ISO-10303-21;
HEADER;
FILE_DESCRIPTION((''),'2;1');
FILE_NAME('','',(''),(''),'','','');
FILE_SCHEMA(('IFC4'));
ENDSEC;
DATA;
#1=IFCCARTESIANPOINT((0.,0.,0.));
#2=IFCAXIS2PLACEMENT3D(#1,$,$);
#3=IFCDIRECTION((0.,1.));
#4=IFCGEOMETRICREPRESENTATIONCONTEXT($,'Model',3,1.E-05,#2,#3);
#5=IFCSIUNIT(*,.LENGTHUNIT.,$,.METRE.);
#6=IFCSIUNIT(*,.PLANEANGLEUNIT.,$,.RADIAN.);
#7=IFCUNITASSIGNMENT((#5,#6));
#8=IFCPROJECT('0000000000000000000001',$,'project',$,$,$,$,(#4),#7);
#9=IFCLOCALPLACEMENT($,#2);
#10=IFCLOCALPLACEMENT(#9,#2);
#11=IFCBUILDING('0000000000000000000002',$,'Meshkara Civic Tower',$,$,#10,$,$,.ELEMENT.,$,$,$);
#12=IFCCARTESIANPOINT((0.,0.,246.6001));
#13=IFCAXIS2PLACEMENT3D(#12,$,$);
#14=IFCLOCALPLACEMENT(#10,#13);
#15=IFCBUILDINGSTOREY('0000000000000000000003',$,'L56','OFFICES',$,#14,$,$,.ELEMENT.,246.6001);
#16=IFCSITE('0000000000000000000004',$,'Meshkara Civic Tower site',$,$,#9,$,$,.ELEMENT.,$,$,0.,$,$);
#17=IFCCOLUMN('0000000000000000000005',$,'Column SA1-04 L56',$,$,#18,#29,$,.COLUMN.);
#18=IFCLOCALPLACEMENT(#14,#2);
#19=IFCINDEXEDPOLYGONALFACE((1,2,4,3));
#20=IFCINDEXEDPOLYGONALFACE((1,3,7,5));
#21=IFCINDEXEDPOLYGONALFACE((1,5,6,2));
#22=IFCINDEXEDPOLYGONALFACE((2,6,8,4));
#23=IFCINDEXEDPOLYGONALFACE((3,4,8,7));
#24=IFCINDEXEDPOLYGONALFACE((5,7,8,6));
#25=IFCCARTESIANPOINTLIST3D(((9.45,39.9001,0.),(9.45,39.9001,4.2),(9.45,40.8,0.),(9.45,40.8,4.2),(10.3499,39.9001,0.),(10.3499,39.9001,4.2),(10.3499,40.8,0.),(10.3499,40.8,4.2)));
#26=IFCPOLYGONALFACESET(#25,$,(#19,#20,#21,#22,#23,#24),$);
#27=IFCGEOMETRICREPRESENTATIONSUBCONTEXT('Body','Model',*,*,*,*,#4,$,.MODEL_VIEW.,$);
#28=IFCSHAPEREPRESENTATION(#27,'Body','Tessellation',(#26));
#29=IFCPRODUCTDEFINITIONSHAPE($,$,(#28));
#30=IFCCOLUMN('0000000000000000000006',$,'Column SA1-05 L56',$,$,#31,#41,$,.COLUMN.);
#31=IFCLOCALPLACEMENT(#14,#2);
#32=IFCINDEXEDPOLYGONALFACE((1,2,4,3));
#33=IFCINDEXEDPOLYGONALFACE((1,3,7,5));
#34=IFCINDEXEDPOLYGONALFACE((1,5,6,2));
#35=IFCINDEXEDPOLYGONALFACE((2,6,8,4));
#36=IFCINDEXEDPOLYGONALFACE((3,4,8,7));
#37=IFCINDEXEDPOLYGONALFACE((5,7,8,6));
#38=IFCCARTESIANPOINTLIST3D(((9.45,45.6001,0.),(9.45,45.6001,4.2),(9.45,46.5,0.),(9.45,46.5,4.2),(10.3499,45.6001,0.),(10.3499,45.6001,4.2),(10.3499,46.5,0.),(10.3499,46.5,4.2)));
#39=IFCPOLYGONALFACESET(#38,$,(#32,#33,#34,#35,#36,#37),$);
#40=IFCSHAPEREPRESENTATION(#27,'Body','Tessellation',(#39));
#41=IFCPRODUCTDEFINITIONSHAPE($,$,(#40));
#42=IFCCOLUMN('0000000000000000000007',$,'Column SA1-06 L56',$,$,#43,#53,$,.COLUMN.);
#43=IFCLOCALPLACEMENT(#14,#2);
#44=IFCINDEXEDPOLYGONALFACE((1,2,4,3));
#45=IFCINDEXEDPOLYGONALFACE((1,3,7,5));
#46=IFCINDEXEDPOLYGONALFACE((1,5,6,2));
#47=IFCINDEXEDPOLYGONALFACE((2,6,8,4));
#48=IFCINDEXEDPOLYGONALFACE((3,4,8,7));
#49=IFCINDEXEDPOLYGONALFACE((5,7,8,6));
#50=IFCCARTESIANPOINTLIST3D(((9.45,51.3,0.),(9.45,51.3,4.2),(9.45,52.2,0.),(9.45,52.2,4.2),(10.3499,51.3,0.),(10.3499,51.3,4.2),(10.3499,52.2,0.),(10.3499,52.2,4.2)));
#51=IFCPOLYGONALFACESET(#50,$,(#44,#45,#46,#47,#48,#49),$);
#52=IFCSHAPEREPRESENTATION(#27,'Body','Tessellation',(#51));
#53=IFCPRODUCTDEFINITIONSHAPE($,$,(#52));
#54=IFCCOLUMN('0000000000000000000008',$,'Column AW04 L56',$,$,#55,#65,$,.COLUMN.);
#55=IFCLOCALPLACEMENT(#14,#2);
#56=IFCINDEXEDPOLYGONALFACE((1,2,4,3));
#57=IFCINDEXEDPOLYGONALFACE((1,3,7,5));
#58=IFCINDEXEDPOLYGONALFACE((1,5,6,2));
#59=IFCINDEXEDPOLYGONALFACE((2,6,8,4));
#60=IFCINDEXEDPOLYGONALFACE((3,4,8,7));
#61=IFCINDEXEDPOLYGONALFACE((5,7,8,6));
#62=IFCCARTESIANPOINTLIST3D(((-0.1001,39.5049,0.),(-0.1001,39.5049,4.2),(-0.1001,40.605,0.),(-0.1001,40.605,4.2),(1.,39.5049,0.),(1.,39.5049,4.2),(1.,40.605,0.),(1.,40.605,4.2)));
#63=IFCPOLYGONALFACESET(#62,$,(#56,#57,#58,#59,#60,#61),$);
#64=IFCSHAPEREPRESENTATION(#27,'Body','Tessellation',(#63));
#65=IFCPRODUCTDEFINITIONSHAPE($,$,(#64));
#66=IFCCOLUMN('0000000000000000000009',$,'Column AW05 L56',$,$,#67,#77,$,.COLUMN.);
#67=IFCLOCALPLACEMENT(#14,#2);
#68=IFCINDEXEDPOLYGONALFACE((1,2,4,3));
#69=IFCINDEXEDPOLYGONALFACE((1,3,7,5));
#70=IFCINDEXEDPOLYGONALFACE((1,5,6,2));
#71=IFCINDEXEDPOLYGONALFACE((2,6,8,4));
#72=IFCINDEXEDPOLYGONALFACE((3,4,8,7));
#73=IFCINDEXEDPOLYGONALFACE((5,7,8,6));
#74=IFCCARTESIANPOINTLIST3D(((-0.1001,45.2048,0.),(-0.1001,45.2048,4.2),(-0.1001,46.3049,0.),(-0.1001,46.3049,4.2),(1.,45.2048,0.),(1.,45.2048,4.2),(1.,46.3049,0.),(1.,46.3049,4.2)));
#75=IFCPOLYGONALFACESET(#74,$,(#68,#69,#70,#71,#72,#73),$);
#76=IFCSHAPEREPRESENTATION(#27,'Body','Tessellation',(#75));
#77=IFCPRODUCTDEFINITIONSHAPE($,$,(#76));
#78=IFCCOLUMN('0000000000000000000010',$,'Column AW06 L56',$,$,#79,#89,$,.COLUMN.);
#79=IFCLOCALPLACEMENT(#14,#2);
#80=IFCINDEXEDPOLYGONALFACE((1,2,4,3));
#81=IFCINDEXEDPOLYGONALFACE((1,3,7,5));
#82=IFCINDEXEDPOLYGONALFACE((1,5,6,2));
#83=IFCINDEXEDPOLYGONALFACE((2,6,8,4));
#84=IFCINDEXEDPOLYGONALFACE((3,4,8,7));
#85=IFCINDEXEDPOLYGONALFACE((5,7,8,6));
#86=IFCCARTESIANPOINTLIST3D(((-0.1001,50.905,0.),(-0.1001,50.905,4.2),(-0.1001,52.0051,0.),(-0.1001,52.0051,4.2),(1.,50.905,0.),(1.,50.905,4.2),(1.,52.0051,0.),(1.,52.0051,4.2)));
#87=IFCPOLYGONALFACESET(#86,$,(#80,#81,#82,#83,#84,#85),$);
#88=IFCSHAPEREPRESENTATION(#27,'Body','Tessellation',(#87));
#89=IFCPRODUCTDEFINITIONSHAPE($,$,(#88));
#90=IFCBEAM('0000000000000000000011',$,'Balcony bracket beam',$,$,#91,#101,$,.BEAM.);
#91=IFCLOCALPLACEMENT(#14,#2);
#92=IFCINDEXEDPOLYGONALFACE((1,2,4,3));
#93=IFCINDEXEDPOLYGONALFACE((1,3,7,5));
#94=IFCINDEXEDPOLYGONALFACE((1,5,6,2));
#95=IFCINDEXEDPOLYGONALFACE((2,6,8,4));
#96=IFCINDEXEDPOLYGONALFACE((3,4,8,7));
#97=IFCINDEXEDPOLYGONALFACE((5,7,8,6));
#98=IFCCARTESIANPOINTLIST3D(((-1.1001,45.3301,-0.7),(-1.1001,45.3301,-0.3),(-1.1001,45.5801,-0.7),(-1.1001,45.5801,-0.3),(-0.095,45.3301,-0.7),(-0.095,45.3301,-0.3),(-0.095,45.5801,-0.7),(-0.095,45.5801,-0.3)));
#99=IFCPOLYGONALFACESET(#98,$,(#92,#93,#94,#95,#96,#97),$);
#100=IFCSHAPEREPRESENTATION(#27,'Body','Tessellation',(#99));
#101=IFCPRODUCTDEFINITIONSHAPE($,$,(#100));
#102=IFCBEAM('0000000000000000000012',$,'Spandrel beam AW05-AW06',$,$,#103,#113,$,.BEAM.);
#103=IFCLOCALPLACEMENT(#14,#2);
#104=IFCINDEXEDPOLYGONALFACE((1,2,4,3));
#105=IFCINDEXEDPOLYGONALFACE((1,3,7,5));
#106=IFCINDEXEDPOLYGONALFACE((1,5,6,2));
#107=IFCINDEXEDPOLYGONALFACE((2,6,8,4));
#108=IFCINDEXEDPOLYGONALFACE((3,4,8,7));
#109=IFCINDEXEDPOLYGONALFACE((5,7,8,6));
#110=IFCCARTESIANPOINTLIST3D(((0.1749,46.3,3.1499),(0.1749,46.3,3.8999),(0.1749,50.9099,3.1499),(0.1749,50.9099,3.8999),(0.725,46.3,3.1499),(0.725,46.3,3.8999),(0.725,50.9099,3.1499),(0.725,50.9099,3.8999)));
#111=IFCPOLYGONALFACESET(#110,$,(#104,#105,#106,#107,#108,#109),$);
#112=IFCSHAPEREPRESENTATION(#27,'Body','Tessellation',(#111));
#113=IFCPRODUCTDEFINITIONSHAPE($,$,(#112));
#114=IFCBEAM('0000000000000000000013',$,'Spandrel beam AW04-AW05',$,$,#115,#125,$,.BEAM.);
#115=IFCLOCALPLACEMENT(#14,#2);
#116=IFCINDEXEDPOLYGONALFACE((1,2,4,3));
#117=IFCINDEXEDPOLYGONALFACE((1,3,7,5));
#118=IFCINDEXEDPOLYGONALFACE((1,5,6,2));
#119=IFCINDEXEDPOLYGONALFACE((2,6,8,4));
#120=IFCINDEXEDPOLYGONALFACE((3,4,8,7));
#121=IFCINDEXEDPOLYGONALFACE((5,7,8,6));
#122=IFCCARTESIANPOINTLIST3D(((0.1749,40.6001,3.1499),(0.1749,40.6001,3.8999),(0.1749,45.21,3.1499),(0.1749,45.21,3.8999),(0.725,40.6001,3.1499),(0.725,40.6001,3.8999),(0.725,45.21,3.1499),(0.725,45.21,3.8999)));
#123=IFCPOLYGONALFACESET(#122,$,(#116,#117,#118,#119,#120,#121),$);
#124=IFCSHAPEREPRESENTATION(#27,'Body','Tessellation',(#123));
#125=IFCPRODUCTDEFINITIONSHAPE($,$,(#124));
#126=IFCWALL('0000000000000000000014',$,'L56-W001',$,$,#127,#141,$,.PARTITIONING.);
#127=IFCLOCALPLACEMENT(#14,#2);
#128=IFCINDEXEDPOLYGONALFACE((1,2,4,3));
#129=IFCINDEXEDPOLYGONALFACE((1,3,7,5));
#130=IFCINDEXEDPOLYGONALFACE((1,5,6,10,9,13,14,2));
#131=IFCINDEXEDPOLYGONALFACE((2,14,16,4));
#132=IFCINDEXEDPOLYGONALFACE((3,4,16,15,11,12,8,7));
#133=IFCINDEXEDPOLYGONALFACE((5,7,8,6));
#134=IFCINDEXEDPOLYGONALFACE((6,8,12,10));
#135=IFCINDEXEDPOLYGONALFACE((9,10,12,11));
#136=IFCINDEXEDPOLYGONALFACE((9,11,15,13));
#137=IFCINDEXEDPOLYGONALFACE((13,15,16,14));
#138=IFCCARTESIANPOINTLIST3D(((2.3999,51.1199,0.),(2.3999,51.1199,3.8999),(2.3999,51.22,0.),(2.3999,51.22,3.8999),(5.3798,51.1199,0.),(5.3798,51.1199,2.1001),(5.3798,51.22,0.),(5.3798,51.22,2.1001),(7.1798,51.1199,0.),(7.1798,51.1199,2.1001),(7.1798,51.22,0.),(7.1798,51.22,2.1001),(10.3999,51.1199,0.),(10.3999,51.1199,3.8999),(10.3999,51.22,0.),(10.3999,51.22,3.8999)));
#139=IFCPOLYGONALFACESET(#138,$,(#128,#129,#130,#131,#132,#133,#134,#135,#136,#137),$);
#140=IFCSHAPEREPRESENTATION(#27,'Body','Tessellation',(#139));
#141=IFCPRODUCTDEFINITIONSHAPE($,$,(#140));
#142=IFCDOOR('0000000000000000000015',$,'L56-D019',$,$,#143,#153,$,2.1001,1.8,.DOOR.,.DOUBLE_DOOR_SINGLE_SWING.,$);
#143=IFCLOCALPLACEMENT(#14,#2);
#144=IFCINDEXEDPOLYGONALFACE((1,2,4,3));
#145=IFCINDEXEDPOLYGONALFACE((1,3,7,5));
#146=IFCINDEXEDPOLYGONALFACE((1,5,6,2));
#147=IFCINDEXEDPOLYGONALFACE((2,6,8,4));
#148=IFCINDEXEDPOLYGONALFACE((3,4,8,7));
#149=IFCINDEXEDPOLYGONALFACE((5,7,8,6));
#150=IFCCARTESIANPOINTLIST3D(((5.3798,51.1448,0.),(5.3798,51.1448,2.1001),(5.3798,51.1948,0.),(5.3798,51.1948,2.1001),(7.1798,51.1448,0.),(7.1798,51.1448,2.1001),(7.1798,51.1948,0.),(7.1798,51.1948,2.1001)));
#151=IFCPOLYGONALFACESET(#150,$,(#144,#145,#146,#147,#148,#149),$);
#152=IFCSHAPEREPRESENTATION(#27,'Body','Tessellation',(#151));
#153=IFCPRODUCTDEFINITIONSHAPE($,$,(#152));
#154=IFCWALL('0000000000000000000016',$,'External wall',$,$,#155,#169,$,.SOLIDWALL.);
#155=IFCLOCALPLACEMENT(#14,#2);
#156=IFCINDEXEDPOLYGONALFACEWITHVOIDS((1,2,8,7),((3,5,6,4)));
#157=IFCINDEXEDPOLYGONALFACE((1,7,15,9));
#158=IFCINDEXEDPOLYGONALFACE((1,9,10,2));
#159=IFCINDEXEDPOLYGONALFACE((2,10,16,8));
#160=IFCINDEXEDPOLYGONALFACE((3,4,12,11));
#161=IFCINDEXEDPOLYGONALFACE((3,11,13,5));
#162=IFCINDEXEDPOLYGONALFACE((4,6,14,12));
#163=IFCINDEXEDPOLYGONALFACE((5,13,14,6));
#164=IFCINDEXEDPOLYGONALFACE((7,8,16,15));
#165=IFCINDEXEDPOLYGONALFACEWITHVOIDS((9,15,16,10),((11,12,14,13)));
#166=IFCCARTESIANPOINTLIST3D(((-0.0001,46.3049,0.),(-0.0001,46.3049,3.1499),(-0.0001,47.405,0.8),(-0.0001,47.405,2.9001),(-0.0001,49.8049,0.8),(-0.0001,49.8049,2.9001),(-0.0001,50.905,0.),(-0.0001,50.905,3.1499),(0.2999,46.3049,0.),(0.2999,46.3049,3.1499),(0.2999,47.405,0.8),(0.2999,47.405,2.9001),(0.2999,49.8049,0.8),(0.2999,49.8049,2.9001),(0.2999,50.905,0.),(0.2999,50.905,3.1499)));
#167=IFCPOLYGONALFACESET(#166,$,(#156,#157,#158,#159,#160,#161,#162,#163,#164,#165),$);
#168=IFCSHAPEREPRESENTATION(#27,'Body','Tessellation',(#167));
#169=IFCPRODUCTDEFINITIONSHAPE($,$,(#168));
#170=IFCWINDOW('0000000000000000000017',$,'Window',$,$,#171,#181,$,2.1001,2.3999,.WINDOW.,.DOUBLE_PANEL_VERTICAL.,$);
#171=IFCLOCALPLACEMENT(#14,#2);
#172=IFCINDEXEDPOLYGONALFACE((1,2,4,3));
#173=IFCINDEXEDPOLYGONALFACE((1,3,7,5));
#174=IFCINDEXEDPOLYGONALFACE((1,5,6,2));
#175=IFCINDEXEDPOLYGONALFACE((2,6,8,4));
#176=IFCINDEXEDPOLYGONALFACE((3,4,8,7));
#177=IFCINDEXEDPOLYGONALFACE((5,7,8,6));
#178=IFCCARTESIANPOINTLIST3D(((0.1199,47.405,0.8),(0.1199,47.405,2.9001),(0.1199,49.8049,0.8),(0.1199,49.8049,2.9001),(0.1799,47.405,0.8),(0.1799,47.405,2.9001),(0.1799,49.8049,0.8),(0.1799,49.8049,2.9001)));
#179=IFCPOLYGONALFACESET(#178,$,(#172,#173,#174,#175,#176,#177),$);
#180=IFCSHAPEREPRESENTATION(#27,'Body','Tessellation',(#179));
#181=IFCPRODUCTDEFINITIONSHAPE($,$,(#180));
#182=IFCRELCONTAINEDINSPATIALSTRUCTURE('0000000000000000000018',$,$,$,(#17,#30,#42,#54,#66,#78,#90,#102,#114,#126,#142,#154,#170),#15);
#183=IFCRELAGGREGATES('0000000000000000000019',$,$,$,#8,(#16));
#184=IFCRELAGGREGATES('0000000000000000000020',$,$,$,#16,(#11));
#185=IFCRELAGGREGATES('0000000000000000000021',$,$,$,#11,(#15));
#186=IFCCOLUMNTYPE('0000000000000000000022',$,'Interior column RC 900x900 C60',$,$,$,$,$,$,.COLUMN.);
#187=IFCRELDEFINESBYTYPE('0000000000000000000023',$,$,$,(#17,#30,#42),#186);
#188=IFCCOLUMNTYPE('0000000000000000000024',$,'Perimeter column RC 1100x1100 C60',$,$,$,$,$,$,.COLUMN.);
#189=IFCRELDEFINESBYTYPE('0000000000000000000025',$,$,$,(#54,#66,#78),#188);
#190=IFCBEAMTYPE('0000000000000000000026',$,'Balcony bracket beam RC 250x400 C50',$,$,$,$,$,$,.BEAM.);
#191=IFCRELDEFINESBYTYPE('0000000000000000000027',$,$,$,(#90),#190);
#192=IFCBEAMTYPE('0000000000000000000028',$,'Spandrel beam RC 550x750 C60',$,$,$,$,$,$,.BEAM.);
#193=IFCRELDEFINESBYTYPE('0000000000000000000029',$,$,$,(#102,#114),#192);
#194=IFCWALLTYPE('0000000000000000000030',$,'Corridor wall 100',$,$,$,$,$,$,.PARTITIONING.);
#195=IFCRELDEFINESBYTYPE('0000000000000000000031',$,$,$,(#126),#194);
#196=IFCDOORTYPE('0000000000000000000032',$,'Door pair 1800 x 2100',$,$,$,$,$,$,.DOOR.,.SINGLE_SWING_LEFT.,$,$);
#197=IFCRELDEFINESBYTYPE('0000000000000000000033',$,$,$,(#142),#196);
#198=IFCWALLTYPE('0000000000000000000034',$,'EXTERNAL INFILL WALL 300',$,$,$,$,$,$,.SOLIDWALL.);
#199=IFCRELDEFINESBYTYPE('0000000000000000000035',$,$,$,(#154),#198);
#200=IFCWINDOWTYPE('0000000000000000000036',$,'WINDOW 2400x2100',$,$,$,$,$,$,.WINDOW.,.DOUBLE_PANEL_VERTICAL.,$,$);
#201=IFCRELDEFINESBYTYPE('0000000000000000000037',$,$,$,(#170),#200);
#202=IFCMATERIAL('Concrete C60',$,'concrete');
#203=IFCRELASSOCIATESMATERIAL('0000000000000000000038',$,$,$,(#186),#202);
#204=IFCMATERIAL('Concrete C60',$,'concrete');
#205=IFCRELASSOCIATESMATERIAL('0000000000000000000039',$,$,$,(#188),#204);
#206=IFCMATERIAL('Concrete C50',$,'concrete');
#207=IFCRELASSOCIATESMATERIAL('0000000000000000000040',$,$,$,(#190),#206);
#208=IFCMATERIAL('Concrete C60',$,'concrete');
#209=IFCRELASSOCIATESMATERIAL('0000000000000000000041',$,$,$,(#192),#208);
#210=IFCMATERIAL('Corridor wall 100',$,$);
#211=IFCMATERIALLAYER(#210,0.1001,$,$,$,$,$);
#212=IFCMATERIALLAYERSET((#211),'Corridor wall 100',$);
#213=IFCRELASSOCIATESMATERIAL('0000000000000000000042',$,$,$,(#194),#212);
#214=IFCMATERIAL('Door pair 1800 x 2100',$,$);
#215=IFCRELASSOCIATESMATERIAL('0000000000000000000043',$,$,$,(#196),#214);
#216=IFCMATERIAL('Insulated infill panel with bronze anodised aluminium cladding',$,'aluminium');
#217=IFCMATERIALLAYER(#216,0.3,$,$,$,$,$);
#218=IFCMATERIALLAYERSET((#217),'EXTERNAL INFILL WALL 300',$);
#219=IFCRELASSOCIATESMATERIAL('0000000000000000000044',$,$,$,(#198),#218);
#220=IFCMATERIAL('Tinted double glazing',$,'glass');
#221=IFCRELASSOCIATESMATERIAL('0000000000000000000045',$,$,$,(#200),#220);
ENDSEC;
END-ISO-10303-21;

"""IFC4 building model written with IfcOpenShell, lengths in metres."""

from ifc_helpers import new_model, si_unit, direction, frame, frame_2d, origin, origin_2d, place, context, subcontext, project, spatial, rectangle, extrude, material, layer, layer_set, material_profile, profile_set, type_object, element, fill, save


model = new_model("IFC4")

# Units and contexts
model_context = context("Model", 3, precision=1e-05, world=origin(), true_north=direction((0.0, 1.0)))
body_context = subcontext(model_context, "Body", "Model", "MODEL_VIEW")
ifc_project = project(units=[si_unit("LENGTHUNIT", "METRE"), si_unit("PLANEANGLEUNIT", "RADIAN")], contexts=[model_context])

# Site, building, storey
site_placement = place(None, origin())
site = spatial("IfcSite", under=ifc_project, at=site_placement, Name="Meshkara Civic Tower site", CompositionType="ELEMENT", RefElevation=0.0)
building_placement = place(site_placement, origin())
building = spatial("IfcBuilding", under=site, at=building_placement, Name="Meshkara Civic Tower", CompositionType="ELEMENT")
storey_placement = place(building_placement, frame((0.0, 0.0, 246.6001)))
storey = spatial("IfcBuildingStorey", under=building, at=storey_placement, Name="L56", Description="OFFICES", CompositionType="ELEMENT", Elevation=246.6001)

# Columns
ifc_material_1 = material(Name="Concrete C60", Category="concrete")
ifc_material_profile_1 = material_profile(ifc_material_1, rectangle(XDim=0.8999, YDim=0.8999, at=origin_2d()))
ifc_profile_set_1 = profile_set([ifc_material_profile_1], Name="Concrete C60")
column_type_1 = type_object("IfcColumnType", Name="Interior column RC 900x900 C60", PredefinedType="COLUMN", material=ifc_profile_set_1)
for number, where, z_axis, x_axis, name in (
    (1, (9.8999, 40.3501, 0.0), (0.0, 0.0, 1.0), (1.0, 0.0, 0.0), "Column SA1-04 L56"),
    (2, (9.8999, 46.05, 0.0), (0.0, 0.0, 1.0), (1.0, 0.0, 0.0), "Column SA1-05 L56"),
    (3, (9.8999, 51.75, 0.0), (0.0, 0.0, 1.0), (1.0, 0.0, 0.0), "Column SA1-06 L56"),
):
    element("IfcColumn", number, at=place(storey_placement, frame(where, z_axis=z_axis, x_axis=x_axis)), inside=storey, type_object=column_type_1, Name=name, PredefinedType="COLUMN", context=body_context, shape_type="SweptSolid", body=[
        extrude(rectangle(XDim=0.8999, YDim=0.8999, at=origin_2d()), origin(), (0.0, 0.0, 1.0), 4.2),
    ])
ifc_material_2 = material(Name="Concrete C60", Category="concrete")
ifc_material_profile_2 = material_profile(ifc_material_2, rectangle(XDim=1.1001, YDim=1.1001, at=origin_2d()))
ifc_profile_set_2 = profile_set([ifc_material_profile_2], Name="Concrete C60")
column_type_2 = type_object("IfcColumnType", Name="Perimeter column RC 1100x1100 C60", PredefinedType="COLUMN", material=ifc_profile_set_2)
for number, where, z_axis, x_axis, name in (
    (4, (0.45, 40.0549, 0.0), (0.0, 0.0, 1.0), (1.0, 0.0, 0.0), "Column AW04 L56"),
    (5, (0.45, 45.7549, 0.0), (0.0, 0.0, 1.0), (1.0, 0.0, 0.0), "Column AW05 L56"),
    (6, (0.45, 51.4551, 0.0), (0.0, 0.0, 1.0), (1.0, 0.0, 0.0), "Column AW06 L56"),
):
    element("IfcColumn", number, at=place(storey_placement, frame(where, z_axis=z_axis, x_axis=x_axis)), inside=storey, type_object=column_type_2, Name=name, PredefinedType="COLUMN", context=body_context, shape_type="SweptSolid", body=[
        extrude(rectangle(XDim=1.1001, YDim=1.1001, at=origin_2d()), origin(), (0.0, 0.0, 1.0), 4.2),
    ])

# Beams
ifc_material_3 = material(Name="Concrete C50", Category="concrete")
ifc_material_profile_3 = material_profile(ifc_material_3, rectangle(XDim=0.25, YDim=0.3999, at=origin_2d()))
ifc_profile_set_3 = profile_set([ifc_material_profile_3], Name="Concrete C50")
beam_type_1 = type_object("IfcBeamType", Name="Balcony bracket beam RC 250x400 C50", PredefinedType="BEAM", material=ifc_profile_set_3)
beam_placement = place(storey_placement, frame((-0.095, 45.4551, -0.5), z_axis=(-1.0, 0.0, 0.0), x_axis=(0.0, -1.0, 0.0)))
element("IfcBeam", 7, at=beam_placement, inside=storey, type_object=beam_type_1, Name="Balcony bracket beam", PredefinedType="BEAM", context=body_context, shape_type="SweptSolid", body=[
    extrude(rectangle(XDim=0.25, YDim=0.3999, at=origin_2d()), origin(), (0.0, 0.0, 1.0), 1.0051),
])
ifc_material_4 = material(Name="Concrete C60", Category="concrete")
ifc_material_profile_4 = material_profile(ifc_material_4, rectangle(XDim=0.55, YDim=0.75, at=origin_2d()))
ifc_profile_set_4 = profile_set([ifc_material_profile_4], Name="Concrete C60")
beam_type_2 = type_object("IfcBeamType", Name="Spandrel beam RC 550x750 C60", PredefinedType="BEAM", material=ifc_profile_set_4)
for number, where, z_axis, x_axis, name in (
    (8, (0.45, 50.9099, 3.5249), (0.0, -1.0, 0.0), (1.0, 0.0, 0.0), "Spandrel beam AW05-AW06"),
    (9, (0.45, 45.21, 3.5249), (0.0, -1.0, 0.0), (1.0, 0.0, 0.0), "Spandrel beam AW04-AW05"),
):
    element("IfcBeam", number, at=place(storey_placement, frame(where, z_axis=z_axis, x_axis=x_axis)), inside=storey, type_object=beam_type_2, Name=name, PredefinedType="BEAM", context=body_context, shape_type="SweptSolid", body=[
        extrude(rectangle(XDim=0.55, YDim=0.75, at=origin_2d()), origin(), (0.0, 0.0, 1.0), 4.6099),
    ])

# Wall, opening, door
ifc_material_5 = material(Name="Corridor wall 100")
ifc_layer_1 = layer(ifc_material_5, 0.1001)
ifc_layer_set_1 = layer_set([ifc_layer_1], Name="Corridor wall 100")
wall_type_1 = type_object("IfcWallType", Name="Corridor wall 100", PredefinedType="PARTITIONING", material=ifc_layer_set_1)
wall_1_placement = place(storey_placement, frame((2.3999, 51.1699, 0.0), z_axis=(0.0, 0.0, 1.0), x_axis=(1.0, 0.0, 0.0)))
wall_1 = element("IfcWall", 10, at=wall_1_placement, inside=storey, type_object=wall_type_1, Name="L56-W001", PredefinedType="PARTITIONING", context=body_context, shape_type="SweptSolid", body=[
    extrude(rectangle(XDim=8.0, YDim=0.1001, at=frame_2d((4.0, 0.0))), origin(), (0.0, 0.0, 1.0), 3.8999),
])
opening_1_placement = place(wall_1_placement, frame((2.98, 0.0, 0.0)))
opening_1 = element("IfcOpeningElement", 11, at=opening_1_placement, cuts=wall_1, PredefinedType="OPENING", context=body_context, shape_type="SweptSolid", body=[
    extrude(rectangle(XDim=1.8, YDim=2.1001, at=frame_2d((0.8999, 1.05))), frame((0.0, 0.0601, 0.0), z_axis=(0.0, -1.0, 0.0), x_axis=(1.0, 0.0, 0.0)), (0.0, 0.0, 1.0), 0.1201),
])
ifc_material_6 = material(Name="Door pair 1800 x 2100")
door_type_1 = type_object("IfcDoorType", Name="Door pair 1800 x 2100", OperationType="SINGLE_SWING_LEFT", PredefinedType="DOOR", material=ifc_material_6)
door_1_placement = place(opening_1_placement, origin())
door_1 = element("IfcDoor", 12, at=door_1_placement, inside=storey, type_object=door_type_1, Name="L56-D019", OperationType="DOUBLE_DOOR_SINGLE_SWING", OverallHeight=2.1001, OverallWidth=1.8, PredefinedType="DOOR", context=body_context, shape_type="SweptSolid", body=[
    extrude(rectangle(XDim=1.8, YDim=2.1001, at=frame_2d((0.8999, 1.05))), frame((0.0, 0.0249, 0.0), z_axis=(0.0, -1.0, 0.0), x_axis=(1.0, 0.0, 0.0)), (0.0, 0.0, 1.0), 0.05),
])
fill(opening_1, door_1)

# Wall, opening, window
ifc_material_7 = material(Name="Insulated infill panel with bronze anodised aluminium cladding", Category="aluminium")
ifc_layer_2 = layer(ifc_material_7, 0.3)
ifc_layer_set_2 = layer_set([ifc_layer_2], Name="EXTERNAL INFILL WALL 300")
wall_type_2 = type_object("IfcWallType", Name="EXTERNAL INFILL WALL 300", PredefinedType="SOLIDWALL", material=ifc_layer_set_2)
wall_2_placement = place(storey_placement, frame((0.1499, 50.905, 0.0), z_axis=(0.0, 0.0, 1.0), x_axis=(0.0, -1.0, 0.0)))
wall_2 = element("IfcWall", 13, at=wall_2_placement, inside=storey, type_object=wall_type_2, Name="External wall", PredefinedType="SOLIDWALL", context=body_context, shape_type="SweptSolid", body=[
    extrude(rectangle(XDim=4.6001, YDim=0.3, at=frame_2d((2.3, 0.0))), origin(), (0.0, 0.0, 1.0), 3.1499),
])
opening_2_placement = place(wall_2_placement, frame((1.1001, 0.0, 0.8)))
opening_2 = element("IfcOpeningElement", 14, at=opening_2_placement, cuts=wall_2, PredefinedType="OPENING", context=body_context, shape_type="SweptSolid", body=[
    extrude(rectangle(XDim=2.3999, YDim=2.1001, at=frame_2d((1.2, 1.05))), frame((0.0, 0.1599, 0.0), z_axis=(0.0, -1.0, 0.0), x_axis=(1.0, 0.0, 0.0)), (0.0, 0.0, 1.0), 0.3201),
])
ifc_material_8 = material(Name="Tinted double glazing", Category="glass")
window_type = type_object("IfcWindowType", Name="WINDOW 2400x2100", PartitioningType="DOUBLE_PANEL_VERTICAL", PredefinedType="WINDOW", material=ifc_material_8)
window_placement = place(opening_2_placement, origin())
window = element("IfcWindow", 15, at=window_placement, inside=storey, type_object=window_type, Name="Window", OverallHeight=2.1001, OverallWidth=2.3999, PartitioningType="DOUBLE_PANEL_VERTICAL", PredefinedType="WINDOW", context=body_context, shape_type="SweptSolid", body=[
    extrude(rectangle(XDim=2.3999, YDim=2.1001, at=frame_2d((1.2, 1.05))), frame((0.0, 0.03, 0.0), z_axis=(0.0, -1.0, 0.0), x_axis=(1.0, 0.0, 0.0)), (0.0, 0.0, 1.0), 0.0601),
])
fill(opening_2, window)

save(model, "model.ifc")
